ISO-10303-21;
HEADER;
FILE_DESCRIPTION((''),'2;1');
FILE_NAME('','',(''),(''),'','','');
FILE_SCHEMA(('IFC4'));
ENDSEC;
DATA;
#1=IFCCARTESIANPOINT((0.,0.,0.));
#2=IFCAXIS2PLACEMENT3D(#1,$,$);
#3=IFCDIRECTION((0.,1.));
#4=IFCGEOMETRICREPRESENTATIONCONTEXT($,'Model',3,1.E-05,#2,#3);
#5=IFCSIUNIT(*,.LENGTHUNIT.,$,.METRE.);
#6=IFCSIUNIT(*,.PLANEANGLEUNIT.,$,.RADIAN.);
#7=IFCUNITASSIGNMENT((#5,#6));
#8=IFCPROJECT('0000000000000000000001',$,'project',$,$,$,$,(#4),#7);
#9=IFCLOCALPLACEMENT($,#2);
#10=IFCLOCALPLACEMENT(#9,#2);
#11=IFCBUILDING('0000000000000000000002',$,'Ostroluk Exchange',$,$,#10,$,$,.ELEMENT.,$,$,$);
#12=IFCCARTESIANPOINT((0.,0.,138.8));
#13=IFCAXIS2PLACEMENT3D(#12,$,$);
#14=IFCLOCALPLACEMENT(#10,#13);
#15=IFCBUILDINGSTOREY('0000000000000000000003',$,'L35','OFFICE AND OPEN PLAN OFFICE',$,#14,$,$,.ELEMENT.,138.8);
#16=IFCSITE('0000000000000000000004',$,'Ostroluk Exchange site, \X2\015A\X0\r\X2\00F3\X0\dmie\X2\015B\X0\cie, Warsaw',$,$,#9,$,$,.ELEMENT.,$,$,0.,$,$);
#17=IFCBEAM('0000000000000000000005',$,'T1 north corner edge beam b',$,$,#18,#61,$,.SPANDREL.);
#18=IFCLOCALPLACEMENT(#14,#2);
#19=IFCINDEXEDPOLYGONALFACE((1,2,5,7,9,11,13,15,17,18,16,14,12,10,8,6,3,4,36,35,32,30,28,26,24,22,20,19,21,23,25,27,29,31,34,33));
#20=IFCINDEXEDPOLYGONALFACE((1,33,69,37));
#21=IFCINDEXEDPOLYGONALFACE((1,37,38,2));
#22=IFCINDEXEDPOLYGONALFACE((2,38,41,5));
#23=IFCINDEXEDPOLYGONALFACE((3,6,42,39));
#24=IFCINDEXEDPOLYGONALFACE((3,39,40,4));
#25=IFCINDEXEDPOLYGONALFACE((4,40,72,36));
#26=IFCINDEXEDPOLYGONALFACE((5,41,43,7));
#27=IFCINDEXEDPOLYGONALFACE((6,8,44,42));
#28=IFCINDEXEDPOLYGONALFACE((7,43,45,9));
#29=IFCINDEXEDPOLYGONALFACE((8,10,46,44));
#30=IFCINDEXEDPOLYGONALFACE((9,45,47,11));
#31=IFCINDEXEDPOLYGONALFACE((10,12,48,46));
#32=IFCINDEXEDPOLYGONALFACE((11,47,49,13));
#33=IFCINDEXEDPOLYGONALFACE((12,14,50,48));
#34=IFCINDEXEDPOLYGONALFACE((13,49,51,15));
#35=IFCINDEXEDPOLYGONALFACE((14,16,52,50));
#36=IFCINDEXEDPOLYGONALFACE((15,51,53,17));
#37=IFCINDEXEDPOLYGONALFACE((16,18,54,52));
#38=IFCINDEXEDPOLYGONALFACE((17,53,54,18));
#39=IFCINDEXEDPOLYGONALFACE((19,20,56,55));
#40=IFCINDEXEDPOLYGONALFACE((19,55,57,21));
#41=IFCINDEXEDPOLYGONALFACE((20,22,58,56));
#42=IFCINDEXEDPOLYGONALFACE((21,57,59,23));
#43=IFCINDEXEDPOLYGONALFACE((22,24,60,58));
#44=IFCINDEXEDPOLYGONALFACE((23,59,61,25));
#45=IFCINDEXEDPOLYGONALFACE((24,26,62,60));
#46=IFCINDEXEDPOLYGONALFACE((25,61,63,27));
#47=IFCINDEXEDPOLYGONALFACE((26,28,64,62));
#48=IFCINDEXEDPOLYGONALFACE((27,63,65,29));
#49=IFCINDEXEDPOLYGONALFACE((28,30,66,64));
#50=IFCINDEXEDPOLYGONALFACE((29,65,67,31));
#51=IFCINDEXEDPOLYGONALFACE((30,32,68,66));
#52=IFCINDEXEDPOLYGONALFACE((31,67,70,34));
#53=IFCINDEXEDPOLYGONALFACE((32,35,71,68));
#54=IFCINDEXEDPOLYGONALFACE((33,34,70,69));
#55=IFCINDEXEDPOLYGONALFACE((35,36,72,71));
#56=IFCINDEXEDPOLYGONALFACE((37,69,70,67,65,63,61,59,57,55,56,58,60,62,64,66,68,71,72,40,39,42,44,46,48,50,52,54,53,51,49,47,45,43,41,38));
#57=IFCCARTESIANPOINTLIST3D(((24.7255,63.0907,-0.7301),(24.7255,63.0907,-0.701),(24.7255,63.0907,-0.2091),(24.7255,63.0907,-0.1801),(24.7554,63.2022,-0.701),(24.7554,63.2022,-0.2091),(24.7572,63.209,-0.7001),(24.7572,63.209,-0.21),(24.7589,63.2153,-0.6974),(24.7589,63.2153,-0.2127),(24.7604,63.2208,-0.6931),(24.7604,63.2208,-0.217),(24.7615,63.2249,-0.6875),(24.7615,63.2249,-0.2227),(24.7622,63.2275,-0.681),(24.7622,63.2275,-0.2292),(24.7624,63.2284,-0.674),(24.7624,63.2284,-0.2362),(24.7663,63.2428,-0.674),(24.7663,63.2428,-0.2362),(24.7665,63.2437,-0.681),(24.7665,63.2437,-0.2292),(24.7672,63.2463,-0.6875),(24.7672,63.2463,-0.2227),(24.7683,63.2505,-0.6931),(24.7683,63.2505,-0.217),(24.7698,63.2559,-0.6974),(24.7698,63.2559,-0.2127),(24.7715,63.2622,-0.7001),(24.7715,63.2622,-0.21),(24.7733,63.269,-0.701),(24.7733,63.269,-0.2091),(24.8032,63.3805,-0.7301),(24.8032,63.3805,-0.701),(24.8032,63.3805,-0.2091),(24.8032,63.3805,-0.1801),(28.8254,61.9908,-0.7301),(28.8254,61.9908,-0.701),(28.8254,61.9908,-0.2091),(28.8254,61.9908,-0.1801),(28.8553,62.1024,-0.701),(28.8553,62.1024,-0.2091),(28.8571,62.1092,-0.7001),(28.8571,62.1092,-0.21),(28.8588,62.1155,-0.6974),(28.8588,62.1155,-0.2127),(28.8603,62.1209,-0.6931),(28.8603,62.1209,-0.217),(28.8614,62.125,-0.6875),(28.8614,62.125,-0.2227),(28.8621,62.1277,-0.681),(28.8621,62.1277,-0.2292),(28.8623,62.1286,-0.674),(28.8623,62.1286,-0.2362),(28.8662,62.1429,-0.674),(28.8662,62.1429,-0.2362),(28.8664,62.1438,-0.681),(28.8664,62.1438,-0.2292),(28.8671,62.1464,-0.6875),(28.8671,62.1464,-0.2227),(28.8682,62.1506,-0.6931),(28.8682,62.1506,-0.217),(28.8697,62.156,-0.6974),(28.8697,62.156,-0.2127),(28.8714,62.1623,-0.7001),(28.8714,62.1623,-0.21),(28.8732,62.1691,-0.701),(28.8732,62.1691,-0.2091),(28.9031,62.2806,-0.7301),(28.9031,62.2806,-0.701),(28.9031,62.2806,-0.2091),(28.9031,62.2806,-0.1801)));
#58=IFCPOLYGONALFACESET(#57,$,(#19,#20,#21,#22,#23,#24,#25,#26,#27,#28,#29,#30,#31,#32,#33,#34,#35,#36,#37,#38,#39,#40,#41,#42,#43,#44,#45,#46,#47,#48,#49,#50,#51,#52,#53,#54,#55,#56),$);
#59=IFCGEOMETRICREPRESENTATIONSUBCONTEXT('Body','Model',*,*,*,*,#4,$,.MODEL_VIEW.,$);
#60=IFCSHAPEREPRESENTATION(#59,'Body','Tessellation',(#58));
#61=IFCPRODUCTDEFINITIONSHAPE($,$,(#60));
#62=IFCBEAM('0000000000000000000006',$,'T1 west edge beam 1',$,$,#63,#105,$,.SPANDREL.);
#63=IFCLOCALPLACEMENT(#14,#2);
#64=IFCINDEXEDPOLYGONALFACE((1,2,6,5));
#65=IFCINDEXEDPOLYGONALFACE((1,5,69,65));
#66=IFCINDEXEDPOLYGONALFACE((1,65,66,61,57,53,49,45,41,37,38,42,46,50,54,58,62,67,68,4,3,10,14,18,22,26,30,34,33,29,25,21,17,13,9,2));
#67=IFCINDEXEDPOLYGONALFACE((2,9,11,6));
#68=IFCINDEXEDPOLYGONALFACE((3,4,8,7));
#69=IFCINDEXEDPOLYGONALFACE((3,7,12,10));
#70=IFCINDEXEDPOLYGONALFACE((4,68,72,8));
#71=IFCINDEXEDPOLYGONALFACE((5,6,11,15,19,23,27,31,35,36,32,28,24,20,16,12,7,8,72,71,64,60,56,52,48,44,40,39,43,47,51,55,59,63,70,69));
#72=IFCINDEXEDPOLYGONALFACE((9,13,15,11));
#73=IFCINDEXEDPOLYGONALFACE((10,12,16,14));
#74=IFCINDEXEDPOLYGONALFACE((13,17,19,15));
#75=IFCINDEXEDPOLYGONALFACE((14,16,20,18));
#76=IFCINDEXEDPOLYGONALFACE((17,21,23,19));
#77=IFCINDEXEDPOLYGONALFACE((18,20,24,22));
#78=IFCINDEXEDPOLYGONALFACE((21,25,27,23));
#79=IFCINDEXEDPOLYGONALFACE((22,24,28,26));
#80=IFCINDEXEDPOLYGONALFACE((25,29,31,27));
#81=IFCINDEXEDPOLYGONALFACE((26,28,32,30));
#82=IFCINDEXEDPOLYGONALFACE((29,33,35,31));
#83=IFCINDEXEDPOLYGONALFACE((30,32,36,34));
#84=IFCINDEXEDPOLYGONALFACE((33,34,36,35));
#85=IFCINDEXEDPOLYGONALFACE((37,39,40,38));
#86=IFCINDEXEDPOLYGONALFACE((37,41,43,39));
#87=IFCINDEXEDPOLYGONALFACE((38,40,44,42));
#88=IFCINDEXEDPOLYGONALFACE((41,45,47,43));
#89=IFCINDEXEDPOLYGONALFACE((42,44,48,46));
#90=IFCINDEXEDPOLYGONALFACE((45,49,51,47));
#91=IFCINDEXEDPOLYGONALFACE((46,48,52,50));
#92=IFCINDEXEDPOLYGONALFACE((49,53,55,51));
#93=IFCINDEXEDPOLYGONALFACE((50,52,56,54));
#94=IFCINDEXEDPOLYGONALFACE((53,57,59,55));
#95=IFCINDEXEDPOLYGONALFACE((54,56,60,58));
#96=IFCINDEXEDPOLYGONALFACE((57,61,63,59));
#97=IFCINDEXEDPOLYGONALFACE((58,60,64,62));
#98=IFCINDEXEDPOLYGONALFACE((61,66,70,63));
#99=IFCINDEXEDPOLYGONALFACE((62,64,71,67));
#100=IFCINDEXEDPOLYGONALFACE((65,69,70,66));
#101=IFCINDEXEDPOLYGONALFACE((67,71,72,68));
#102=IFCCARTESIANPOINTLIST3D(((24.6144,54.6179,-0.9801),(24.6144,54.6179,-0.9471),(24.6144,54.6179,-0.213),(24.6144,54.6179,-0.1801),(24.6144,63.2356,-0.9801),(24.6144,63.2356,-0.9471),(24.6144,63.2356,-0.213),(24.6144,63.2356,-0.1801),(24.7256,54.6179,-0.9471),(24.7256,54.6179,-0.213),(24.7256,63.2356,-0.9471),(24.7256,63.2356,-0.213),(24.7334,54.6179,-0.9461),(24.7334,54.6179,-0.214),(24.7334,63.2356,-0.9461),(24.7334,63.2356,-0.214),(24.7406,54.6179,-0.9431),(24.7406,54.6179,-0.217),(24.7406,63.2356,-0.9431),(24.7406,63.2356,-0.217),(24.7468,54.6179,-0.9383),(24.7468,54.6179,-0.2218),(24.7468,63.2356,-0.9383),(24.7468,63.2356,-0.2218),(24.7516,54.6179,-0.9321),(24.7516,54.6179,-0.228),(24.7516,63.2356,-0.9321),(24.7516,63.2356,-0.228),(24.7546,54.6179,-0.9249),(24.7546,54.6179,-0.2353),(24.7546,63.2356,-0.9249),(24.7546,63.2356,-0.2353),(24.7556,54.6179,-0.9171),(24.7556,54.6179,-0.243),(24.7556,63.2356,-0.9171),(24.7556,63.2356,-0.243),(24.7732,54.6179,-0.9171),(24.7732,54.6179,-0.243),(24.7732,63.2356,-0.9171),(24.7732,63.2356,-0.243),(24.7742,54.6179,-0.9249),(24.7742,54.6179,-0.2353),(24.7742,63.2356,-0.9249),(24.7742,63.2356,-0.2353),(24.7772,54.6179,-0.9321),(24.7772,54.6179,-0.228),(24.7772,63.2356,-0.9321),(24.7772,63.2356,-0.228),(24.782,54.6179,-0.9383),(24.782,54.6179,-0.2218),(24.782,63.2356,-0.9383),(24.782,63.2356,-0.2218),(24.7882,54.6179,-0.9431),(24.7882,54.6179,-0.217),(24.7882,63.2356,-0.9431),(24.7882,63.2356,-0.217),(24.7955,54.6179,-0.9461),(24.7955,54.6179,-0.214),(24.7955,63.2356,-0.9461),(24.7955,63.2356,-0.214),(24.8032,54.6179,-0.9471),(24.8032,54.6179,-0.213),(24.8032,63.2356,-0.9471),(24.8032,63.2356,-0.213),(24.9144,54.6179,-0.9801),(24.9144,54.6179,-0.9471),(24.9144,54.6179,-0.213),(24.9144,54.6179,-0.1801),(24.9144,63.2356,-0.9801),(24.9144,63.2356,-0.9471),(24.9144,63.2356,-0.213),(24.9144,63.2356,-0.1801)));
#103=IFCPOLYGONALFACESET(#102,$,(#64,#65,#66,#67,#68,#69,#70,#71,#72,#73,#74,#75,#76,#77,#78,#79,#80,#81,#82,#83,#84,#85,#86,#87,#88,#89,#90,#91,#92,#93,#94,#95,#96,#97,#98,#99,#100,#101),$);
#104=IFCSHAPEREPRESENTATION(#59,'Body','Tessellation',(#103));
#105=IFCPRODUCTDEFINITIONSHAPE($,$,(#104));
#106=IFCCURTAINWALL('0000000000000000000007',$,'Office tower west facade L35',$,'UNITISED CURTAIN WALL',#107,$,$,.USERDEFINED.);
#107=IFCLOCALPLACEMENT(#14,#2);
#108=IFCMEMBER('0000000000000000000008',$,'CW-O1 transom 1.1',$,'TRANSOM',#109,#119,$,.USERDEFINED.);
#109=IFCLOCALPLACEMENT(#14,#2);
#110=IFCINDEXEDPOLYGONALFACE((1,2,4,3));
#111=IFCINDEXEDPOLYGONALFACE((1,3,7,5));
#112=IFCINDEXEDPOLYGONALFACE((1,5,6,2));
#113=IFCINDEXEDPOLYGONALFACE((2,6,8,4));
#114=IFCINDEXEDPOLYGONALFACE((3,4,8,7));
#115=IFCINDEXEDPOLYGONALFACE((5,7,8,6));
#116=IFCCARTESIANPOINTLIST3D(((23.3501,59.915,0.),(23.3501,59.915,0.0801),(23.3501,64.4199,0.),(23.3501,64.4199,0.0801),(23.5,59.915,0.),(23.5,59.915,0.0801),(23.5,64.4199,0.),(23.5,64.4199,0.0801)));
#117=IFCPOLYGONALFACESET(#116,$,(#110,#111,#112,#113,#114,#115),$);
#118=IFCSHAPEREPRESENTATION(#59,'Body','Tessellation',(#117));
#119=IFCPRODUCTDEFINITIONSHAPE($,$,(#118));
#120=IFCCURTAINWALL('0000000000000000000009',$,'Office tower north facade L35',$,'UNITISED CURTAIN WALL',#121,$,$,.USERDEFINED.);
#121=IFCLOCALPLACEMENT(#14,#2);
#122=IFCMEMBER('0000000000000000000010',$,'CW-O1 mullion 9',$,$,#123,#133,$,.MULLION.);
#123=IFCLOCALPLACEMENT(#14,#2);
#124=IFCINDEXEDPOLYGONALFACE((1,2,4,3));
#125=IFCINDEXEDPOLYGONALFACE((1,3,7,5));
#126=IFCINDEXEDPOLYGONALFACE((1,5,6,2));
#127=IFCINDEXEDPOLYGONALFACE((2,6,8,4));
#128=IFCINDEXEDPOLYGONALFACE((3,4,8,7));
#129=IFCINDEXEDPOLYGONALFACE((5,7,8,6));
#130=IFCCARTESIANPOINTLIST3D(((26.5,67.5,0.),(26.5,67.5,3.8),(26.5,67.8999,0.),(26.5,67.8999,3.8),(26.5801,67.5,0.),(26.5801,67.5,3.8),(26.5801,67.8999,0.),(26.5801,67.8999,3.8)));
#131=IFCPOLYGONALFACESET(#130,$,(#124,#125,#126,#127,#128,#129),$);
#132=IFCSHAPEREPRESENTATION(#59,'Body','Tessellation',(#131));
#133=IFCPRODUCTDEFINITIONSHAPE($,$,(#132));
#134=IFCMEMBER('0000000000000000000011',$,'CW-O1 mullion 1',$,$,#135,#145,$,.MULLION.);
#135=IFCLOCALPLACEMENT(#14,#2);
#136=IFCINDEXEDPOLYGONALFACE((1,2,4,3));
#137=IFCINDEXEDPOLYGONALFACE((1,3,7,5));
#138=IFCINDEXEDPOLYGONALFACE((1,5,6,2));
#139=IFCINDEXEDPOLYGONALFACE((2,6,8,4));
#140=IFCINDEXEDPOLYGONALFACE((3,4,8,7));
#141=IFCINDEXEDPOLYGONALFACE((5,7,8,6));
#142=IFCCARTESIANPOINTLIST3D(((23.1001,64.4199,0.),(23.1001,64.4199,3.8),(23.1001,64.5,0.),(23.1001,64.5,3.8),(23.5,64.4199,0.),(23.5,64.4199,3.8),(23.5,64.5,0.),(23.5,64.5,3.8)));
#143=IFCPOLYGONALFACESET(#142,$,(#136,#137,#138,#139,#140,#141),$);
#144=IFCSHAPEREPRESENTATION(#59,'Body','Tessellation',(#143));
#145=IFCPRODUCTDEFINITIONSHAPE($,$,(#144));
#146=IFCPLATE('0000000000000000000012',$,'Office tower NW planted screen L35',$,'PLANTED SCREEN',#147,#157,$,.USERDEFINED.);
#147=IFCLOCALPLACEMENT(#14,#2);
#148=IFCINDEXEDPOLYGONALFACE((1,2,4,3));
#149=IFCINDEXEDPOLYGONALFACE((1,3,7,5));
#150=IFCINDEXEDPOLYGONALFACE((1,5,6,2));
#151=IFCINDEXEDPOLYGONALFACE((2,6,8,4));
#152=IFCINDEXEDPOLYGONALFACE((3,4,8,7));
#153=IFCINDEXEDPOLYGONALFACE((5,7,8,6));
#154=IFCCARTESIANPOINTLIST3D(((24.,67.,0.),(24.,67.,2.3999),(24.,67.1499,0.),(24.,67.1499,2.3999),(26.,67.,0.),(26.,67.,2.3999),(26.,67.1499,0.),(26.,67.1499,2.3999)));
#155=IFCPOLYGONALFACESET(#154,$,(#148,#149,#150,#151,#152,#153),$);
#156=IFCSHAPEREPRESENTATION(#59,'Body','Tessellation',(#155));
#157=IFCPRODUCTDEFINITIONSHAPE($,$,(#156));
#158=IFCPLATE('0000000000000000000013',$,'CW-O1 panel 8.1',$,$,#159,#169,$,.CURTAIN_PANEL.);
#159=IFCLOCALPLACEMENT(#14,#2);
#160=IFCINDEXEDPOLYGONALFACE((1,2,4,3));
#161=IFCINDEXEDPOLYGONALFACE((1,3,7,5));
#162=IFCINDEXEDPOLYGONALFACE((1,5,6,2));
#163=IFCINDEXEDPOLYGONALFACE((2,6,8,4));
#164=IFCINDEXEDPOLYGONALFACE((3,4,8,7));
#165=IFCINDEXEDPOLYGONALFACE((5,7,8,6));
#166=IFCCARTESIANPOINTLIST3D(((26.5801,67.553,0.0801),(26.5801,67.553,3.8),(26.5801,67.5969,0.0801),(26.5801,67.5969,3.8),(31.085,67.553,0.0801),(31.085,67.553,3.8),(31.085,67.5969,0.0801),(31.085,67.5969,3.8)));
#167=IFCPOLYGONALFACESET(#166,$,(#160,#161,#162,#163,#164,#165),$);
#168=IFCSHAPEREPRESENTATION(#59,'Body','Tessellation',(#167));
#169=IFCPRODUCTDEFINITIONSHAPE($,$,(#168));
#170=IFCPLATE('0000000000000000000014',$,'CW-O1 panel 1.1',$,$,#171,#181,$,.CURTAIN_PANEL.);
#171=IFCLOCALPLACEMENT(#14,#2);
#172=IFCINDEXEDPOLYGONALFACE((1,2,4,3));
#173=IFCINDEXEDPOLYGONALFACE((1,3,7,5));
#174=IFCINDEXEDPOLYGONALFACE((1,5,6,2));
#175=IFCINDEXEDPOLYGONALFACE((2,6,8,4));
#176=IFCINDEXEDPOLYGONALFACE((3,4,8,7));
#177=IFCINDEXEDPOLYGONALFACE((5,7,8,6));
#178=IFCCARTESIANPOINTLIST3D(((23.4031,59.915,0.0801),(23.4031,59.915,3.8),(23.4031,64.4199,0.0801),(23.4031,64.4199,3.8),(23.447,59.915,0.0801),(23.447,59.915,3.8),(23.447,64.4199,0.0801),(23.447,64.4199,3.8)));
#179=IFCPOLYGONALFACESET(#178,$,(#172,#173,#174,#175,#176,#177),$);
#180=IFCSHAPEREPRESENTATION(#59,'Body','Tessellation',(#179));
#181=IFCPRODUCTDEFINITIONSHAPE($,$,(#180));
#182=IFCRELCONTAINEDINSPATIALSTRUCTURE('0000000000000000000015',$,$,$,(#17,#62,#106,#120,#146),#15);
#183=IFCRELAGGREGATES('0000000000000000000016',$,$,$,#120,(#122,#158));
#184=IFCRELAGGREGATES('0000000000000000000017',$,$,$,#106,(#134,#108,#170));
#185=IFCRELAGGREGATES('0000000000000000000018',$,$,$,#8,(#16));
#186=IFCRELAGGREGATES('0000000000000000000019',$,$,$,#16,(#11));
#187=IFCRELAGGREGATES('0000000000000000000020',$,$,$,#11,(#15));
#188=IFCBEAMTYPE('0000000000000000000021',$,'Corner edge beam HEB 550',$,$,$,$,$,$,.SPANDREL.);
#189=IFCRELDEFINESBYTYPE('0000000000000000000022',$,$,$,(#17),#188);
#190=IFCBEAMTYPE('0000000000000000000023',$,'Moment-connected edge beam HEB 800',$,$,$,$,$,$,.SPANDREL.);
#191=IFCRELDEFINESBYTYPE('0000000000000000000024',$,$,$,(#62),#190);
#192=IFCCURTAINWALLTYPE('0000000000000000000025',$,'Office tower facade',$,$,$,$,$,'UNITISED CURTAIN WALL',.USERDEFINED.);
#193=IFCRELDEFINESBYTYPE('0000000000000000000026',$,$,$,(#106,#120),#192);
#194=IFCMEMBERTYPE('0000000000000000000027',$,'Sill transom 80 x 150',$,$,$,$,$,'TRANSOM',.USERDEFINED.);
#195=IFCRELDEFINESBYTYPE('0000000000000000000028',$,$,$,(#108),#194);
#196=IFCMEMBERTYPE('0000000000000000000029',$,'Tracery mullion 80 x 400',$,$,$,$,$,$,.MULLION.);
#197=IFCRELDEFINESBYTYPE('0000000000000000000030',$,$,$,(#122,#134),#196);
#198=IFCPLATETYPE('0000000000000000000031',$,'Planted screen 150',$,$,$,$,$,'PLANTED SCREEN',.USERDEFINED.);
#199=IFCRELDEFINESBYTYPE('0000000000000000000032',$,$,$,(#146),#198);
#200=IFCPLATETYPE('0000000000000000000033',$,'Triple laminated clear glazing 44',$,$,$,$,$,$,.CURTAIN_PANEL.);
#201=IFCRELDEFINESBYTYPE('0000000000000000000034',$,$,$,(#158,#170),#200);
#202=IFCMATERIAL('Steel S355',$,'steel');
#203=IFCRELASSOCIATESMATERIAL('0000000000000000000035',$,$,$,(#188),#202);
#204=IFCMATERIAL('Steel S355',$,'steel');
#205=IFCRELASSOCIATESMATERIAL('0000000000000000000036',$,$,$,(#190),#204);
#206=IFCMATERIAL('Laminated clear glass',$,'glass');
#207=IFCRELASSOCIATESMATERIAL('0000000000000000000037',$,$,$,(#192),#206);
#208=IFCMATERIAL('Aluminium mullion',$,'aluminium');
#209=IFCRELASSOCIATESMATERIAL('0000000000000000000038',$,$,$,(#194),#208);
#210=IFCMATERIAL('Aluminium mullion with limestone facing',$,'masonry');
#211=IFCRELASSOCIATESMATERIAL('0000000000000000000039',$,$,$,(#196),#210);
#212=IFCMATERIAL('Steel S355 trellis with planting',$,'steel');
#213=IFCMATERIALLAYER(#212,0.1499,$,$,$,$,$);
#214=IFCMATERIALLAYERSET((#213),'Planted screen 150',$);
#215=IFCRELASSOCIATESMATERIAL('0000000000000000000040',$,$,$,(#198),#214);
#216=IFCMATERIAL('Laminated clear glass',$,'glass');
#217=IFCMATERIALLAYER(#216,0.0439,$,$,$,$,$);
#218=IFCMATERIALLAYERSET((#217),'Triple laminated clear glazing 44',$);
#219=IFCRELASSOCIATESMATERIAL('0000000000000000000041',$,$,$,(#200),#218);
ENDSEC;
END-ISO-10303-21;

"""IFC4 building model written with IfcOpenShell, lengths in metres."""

from ifc_helpers import new_model, si_unit, direction, frame, origin, origin_2d, place, context, subcontext, project, spatial, rectangle, i_section, extrude, material, layer, layer_set, material_profile, profile_set, type_object, element, aggregate, save


model = new_model("IFC4")

# Units and contexts
model_context = context("Model", 3, precision=1e-05, world=origin(), true_north=direction((0.0, 1.0)))
body_context = subcontext(model_context, "Body", "Model", "MODEL_VIEW")
ifc_project = project(units=[si_unit("LENGTHUNIT", "METRE"), si_unit("PLANEANGLEUNIT", "RADIAN")], contexts=[model_context])

# Site, building, storey
site_placement = place(None, origin())
site = spatial("IfcSite", under=ifc_project, at=site_placement, Name="Ostroluk Exchange site, Śródmieście, Warsaw", CompositionType="ELEMENT", RefElevation=0.0)
building_placement = place(site_placement, origin())
building = spatial("IfcBuilding", under=site, at=building_placement, Name="Ostroluk Exchange", CompositionType="ELEMENT")
storey_placement = place(building_placement, frame((0.0, 0.0, 138.8)))
storey = spatial("IfcBuildingStorey", under=building, at=storey_placement, Name="L35", Description="OFFICE AND OPEN PLAN OFFICE", CompositionType="ELEMENT", Elevation=138.8)

# Beams
ifc_material_1 = material(Name="Steel S355", Category="steel")
ifc_material_profile_1 = material_profile(ifc_material_1, i_section(OverallWidth=0.3, OverallDepth=0.55, WebThickness=0.0149, FlangeThickness=0.0291, FilletRadius=0.0271, at=origin_2d()), Name="HEB 550")
ifc_profile_set_1 = profile_set([ifc_material_profile_1], Name="Steel S355")
beam_type_1 = type_object("IfcBeamType", Name="Corner edge beam HEB 550", PredefinedType="SPANDREL", material=ifc_profile_set_1)
for number, where, z_axis, x_axis, name in (
    (1, (28.8643, 62.1357, -0.4551), (-0.965849, 0.259105, 0.0), (-0.259105, -0.965849, 0.0), "T1 north corner edge beam b"),
):
    element("IfcBeam", number, at=place(storey_placement, frame(where, z_axis=z_axis, x_axis=x_axis)), inside=storey, type_object=beam_type_1, Name=name, PredefinedType="SPANDREL", context=body_context, shape_type="SweptSolid", body=[
        extrude(i_section(OverallWidth=0.3, OverallDepth=0.55, WebThickness=0.0149, FlangeThickness=0.0291, FilletRadius=0.0271, at=origin_2d()), origin(), (0.0, 0.0, 1.0), 4.2449),
    ])
ifc_material_2 = material(Name="Steel S355", Category="steel")
ifc_material_profile_2 = material_profile(ifc_material_2, i_section(OverallWidth=0.3, OverallDepth=0.8, WebThickness=0.0176, FlangeThickness=0.033, FilletRadius=0.03, at=origin_2d()), Name="HEB 800")
ifc_profile_set_2 = profile_set([ifc_material_profile_2], Name="Steel S355")
beam_type_2 = type_object("IfcBeamType", Name="Moment-connected edge beam HEB 800", PredefinedType="SPANDREL", material=ifc_profile_set_2)
beam_1_placement = place(storey_placement, frame((24.7644, 63.2356, -0.5801), z_axis=(0.0, -1.0, 0.0), x_axis=(1.0, 0.0, 0.0)))
element("IfcBeam", 2, at=beam_1_placement, inside=storey, type_object=beam_type_2, Name="T1 west edge beam 1", PredefinedType="SPANDREL", context=body_context, shape_type="SweptSolid", body=[
    extrude(i_section(OverallWidth=0.3, OverallDepth=0.8, WebThickness=0.0176, FlangeThickness=0.033, FilletRadius=0.03, at=origin_2d()), origin(), (0.0, 0.0, 1.0), 8.6177),
])

# Curtain walls, members
ifc_material_3 = material(Name="Laminated clear glass", Category="glass")
curtain_wall_type = type_object("IfcCurtainWallType", Name="Office tower facade", ElementType="UNITISED CURTAIN WALL", PredefinedType="USERDEFINED", material=ifc_material_3)
curtain_wall_1_placement = place(storey_placement, origin())
curtain_wall_1 = element("IfcCurtainWall", 3, at=curtain_wall_1_placement, inside=storey, type_object=curtain_wall_type, Name="Office tower west facade L35", ObjectType="UNITISED CURTAIN WALL", PredefinedType="USERDEFINED")
ifc_material_4 = material(Name="Aluminium mullion", Category="aluminium")
ifc_material_profile_3 = material_profile(ifc_material_4, rectangle(XDim=0.1499, YDim=0.0801, at=origin_2d()), Name="Sill transom 80 x 150")
ifc_profile_set_3 = profile_set([ifc_material_profile_3], Name="Aluminium mullion")
member_type_1 = type_object("IfcMemberType", Name="Sill transom 80 x 150", ElementType="TRANSOM", PredefinedType="USERDEFINED", material=ifc_profile_set_3)
member_1_placement = place(storey_placement, frame((23.425, 64.4199, 0.04), z_axis=(0.0, -1.0, 0.0), x_axis=(1.0, 0.0, 0.0)))
member_1 = element("IfcMember", 4, at=member_1_placement, type_object=member_type_1, Name="CW-O1 transom 1.1", ObjectType="TRANSOM", PredefinedType="USERDEFINED", context=body_context, shape_type="SweptSolid", body=[
    extrude(rectangle(XDim=0.1499, YDim=0.0801, at=origin_2d()), origin(), (0.0, 0.0, 1.0), 4.5049),
])
curtain_wall_2_placement = place(storey_placement, origin())
curtain_wall_2 = element("IfcCurtainWall", 5, at=curtain_wall_2_placement, inside=storey, type_object=curtain_wall_type, Name="Office tower north facade L35", ObjectType="UNITISED CURTAIN WALL", PredefinedType="USERDEFINED")
ifc_material_5 = material(Name="Aluminium mullion with limestone facing", Category="masonry")
ifc_material_profile_4 = material_profile(ifc_material_5, rectangle(XDim=0.3999, YDim=0.0801, at=origin_2d()), Name="Tracery mullion 80 x 400")
ifc_profile_set_4 = profile_set([ifc_material_profile_4], Name="Aluminium mullion with limestone facing")
member_type_2 = type_object("IfcMemberType", Name="Tracery mullion 80 x 400", PredefinedType="MULLION", material=ifc_profile_set_4)
member_2_placement = place(storey_placement, frame((26.54, 67.7, 0.0), z_axis=(0.0, 0.0, 1.0), x_axis=(0.0, -1.0, 0.0)))
member_2 = element("IfcMember", 6, at=member_2_placement, type_object=member_type_2, Name="CW-O1 mullion 9", PredefinedType="MULLION", context=body_context, shape_type="SweptSolid", body=[
    extrude(rectangle(XDim=0.3999, YDim=0.0801, at=origin_2d()), origin(), (0.0, 0.0, 1.0), 3.8),
])

# Member
member_3_placement = place(storey_placement, frame((23.3, 64.46, 0.0), z_axis=(0.0, 0.0, 1.0), x_axis=(1.0, 0.0, 0.0)))
member_3 = element("IfcMember", 7, at=member_3_placement, type_object=member_type_2, Name="CW-O1 mullion 1", PredefinedType="MULLION", context=body_context, shape_type="SweptSolid", body=[
    extrude(rectangle(XDim=0.3999, YDim=0.0801, at=origin_2d()), origin(), (0.0, 0.0, 1.0), 3.8),
])

# Plates
ifc_material_6 = material(Name="Steel S355 trellis with planting", Category="steel")
ifc_layer_1 = layer(ifc_material_6, 0.1499)
ifc_layer_set_1 = layer_set([ifc_layer_1], Name="Planted screen 150")
plate_type_1 = type_object("IfcPlateType", Name="Planted screen 150", ElementType="PLANTED SCREEN", PredefinedType="USERDEFINED", material=ifc_layer_set_1)
plate_1_placement = place(storey_placement, frame((25.0, 67.075, 0.0), z_axis=(0.0, 0.0, 1.0), x_axis=(1.0, 0.0, 0.0)))
element("IfcPlate", 8, at=plate_1_placement, inside=storey, type_object=plate_type_1, Name="Office tower NW planted screen L35", ObjectType="PLANTED SCREEN", PredefinedType="USERDEFINED", context=body_context, shape_type="SweptSolid", body=[
    extrude(rectangle(XDim=2.0, YDim=0.1499, at=origin_2d()), origin(), (0.0, 0.0, 1.0), 2.3999),
])
ifc_material_7 = material(Name="Laminated clear glass", Category="glass")
ifc_layer_2 = layer(ifc_material_7, 0.0439)
ifc_layer_set_2 = layer_set([ifc_layer_2], Name="Triple laminated clear glazing 44")
plate_type_2 = type_object("IfcPlateType", Name="Triple laminated clear glazing 44", PredefinedType="CURTAIN_PANEL", material=ifc_layer_set_2)
plate_2_placement = place(storey_placement, frame((28.8325, 67.575, 0.0801), z_axis=(0.0, 0.0, 1.0), x_axis=(-1.0, 0.0, 0.0)))
plate_2 = element("IfcPlate", 9, at=plate_2_placement, type_object=plate_type_2, Name="CW-O1 panel 8.1", PredefinedType="CURTAIN_PANEL", context=body_context, shape_type="SweptSolid", body=[
    extrude(rectangle(XDim=4.5049, YDim=0.0439, at=origin_2d()), origin(), (0.0, 0.0, 1.0), 3.72),
])
aggregate(curtain_wall_2, [member_2, plate_2])
plate_3_placement = place(storey_placement, frame((23.425, 62.1675, 0.0801), z_axis=(0.0, 0.0, 1.0), x_axis=(0.0, -1.0, 0.0)))
plate_3 = element("IfcPlate", 10, at=plate_3_placement, type_object=plate_type_2, Name="CW-O1 panel 1.1", PredefinedType="CURTAIN_PANEL", context=body_context, shape_type="SweptSolid", body=[
    extrude(rectangle(XDim=4.5049, YDim=0.0439, at=origin_2d()), origin(), (0.0, 0.0, 1.0), 3.72),
])
aggregate(curtain_wall_1, [member_3, member_1, plate_3])

save(model, "model.ifc")
